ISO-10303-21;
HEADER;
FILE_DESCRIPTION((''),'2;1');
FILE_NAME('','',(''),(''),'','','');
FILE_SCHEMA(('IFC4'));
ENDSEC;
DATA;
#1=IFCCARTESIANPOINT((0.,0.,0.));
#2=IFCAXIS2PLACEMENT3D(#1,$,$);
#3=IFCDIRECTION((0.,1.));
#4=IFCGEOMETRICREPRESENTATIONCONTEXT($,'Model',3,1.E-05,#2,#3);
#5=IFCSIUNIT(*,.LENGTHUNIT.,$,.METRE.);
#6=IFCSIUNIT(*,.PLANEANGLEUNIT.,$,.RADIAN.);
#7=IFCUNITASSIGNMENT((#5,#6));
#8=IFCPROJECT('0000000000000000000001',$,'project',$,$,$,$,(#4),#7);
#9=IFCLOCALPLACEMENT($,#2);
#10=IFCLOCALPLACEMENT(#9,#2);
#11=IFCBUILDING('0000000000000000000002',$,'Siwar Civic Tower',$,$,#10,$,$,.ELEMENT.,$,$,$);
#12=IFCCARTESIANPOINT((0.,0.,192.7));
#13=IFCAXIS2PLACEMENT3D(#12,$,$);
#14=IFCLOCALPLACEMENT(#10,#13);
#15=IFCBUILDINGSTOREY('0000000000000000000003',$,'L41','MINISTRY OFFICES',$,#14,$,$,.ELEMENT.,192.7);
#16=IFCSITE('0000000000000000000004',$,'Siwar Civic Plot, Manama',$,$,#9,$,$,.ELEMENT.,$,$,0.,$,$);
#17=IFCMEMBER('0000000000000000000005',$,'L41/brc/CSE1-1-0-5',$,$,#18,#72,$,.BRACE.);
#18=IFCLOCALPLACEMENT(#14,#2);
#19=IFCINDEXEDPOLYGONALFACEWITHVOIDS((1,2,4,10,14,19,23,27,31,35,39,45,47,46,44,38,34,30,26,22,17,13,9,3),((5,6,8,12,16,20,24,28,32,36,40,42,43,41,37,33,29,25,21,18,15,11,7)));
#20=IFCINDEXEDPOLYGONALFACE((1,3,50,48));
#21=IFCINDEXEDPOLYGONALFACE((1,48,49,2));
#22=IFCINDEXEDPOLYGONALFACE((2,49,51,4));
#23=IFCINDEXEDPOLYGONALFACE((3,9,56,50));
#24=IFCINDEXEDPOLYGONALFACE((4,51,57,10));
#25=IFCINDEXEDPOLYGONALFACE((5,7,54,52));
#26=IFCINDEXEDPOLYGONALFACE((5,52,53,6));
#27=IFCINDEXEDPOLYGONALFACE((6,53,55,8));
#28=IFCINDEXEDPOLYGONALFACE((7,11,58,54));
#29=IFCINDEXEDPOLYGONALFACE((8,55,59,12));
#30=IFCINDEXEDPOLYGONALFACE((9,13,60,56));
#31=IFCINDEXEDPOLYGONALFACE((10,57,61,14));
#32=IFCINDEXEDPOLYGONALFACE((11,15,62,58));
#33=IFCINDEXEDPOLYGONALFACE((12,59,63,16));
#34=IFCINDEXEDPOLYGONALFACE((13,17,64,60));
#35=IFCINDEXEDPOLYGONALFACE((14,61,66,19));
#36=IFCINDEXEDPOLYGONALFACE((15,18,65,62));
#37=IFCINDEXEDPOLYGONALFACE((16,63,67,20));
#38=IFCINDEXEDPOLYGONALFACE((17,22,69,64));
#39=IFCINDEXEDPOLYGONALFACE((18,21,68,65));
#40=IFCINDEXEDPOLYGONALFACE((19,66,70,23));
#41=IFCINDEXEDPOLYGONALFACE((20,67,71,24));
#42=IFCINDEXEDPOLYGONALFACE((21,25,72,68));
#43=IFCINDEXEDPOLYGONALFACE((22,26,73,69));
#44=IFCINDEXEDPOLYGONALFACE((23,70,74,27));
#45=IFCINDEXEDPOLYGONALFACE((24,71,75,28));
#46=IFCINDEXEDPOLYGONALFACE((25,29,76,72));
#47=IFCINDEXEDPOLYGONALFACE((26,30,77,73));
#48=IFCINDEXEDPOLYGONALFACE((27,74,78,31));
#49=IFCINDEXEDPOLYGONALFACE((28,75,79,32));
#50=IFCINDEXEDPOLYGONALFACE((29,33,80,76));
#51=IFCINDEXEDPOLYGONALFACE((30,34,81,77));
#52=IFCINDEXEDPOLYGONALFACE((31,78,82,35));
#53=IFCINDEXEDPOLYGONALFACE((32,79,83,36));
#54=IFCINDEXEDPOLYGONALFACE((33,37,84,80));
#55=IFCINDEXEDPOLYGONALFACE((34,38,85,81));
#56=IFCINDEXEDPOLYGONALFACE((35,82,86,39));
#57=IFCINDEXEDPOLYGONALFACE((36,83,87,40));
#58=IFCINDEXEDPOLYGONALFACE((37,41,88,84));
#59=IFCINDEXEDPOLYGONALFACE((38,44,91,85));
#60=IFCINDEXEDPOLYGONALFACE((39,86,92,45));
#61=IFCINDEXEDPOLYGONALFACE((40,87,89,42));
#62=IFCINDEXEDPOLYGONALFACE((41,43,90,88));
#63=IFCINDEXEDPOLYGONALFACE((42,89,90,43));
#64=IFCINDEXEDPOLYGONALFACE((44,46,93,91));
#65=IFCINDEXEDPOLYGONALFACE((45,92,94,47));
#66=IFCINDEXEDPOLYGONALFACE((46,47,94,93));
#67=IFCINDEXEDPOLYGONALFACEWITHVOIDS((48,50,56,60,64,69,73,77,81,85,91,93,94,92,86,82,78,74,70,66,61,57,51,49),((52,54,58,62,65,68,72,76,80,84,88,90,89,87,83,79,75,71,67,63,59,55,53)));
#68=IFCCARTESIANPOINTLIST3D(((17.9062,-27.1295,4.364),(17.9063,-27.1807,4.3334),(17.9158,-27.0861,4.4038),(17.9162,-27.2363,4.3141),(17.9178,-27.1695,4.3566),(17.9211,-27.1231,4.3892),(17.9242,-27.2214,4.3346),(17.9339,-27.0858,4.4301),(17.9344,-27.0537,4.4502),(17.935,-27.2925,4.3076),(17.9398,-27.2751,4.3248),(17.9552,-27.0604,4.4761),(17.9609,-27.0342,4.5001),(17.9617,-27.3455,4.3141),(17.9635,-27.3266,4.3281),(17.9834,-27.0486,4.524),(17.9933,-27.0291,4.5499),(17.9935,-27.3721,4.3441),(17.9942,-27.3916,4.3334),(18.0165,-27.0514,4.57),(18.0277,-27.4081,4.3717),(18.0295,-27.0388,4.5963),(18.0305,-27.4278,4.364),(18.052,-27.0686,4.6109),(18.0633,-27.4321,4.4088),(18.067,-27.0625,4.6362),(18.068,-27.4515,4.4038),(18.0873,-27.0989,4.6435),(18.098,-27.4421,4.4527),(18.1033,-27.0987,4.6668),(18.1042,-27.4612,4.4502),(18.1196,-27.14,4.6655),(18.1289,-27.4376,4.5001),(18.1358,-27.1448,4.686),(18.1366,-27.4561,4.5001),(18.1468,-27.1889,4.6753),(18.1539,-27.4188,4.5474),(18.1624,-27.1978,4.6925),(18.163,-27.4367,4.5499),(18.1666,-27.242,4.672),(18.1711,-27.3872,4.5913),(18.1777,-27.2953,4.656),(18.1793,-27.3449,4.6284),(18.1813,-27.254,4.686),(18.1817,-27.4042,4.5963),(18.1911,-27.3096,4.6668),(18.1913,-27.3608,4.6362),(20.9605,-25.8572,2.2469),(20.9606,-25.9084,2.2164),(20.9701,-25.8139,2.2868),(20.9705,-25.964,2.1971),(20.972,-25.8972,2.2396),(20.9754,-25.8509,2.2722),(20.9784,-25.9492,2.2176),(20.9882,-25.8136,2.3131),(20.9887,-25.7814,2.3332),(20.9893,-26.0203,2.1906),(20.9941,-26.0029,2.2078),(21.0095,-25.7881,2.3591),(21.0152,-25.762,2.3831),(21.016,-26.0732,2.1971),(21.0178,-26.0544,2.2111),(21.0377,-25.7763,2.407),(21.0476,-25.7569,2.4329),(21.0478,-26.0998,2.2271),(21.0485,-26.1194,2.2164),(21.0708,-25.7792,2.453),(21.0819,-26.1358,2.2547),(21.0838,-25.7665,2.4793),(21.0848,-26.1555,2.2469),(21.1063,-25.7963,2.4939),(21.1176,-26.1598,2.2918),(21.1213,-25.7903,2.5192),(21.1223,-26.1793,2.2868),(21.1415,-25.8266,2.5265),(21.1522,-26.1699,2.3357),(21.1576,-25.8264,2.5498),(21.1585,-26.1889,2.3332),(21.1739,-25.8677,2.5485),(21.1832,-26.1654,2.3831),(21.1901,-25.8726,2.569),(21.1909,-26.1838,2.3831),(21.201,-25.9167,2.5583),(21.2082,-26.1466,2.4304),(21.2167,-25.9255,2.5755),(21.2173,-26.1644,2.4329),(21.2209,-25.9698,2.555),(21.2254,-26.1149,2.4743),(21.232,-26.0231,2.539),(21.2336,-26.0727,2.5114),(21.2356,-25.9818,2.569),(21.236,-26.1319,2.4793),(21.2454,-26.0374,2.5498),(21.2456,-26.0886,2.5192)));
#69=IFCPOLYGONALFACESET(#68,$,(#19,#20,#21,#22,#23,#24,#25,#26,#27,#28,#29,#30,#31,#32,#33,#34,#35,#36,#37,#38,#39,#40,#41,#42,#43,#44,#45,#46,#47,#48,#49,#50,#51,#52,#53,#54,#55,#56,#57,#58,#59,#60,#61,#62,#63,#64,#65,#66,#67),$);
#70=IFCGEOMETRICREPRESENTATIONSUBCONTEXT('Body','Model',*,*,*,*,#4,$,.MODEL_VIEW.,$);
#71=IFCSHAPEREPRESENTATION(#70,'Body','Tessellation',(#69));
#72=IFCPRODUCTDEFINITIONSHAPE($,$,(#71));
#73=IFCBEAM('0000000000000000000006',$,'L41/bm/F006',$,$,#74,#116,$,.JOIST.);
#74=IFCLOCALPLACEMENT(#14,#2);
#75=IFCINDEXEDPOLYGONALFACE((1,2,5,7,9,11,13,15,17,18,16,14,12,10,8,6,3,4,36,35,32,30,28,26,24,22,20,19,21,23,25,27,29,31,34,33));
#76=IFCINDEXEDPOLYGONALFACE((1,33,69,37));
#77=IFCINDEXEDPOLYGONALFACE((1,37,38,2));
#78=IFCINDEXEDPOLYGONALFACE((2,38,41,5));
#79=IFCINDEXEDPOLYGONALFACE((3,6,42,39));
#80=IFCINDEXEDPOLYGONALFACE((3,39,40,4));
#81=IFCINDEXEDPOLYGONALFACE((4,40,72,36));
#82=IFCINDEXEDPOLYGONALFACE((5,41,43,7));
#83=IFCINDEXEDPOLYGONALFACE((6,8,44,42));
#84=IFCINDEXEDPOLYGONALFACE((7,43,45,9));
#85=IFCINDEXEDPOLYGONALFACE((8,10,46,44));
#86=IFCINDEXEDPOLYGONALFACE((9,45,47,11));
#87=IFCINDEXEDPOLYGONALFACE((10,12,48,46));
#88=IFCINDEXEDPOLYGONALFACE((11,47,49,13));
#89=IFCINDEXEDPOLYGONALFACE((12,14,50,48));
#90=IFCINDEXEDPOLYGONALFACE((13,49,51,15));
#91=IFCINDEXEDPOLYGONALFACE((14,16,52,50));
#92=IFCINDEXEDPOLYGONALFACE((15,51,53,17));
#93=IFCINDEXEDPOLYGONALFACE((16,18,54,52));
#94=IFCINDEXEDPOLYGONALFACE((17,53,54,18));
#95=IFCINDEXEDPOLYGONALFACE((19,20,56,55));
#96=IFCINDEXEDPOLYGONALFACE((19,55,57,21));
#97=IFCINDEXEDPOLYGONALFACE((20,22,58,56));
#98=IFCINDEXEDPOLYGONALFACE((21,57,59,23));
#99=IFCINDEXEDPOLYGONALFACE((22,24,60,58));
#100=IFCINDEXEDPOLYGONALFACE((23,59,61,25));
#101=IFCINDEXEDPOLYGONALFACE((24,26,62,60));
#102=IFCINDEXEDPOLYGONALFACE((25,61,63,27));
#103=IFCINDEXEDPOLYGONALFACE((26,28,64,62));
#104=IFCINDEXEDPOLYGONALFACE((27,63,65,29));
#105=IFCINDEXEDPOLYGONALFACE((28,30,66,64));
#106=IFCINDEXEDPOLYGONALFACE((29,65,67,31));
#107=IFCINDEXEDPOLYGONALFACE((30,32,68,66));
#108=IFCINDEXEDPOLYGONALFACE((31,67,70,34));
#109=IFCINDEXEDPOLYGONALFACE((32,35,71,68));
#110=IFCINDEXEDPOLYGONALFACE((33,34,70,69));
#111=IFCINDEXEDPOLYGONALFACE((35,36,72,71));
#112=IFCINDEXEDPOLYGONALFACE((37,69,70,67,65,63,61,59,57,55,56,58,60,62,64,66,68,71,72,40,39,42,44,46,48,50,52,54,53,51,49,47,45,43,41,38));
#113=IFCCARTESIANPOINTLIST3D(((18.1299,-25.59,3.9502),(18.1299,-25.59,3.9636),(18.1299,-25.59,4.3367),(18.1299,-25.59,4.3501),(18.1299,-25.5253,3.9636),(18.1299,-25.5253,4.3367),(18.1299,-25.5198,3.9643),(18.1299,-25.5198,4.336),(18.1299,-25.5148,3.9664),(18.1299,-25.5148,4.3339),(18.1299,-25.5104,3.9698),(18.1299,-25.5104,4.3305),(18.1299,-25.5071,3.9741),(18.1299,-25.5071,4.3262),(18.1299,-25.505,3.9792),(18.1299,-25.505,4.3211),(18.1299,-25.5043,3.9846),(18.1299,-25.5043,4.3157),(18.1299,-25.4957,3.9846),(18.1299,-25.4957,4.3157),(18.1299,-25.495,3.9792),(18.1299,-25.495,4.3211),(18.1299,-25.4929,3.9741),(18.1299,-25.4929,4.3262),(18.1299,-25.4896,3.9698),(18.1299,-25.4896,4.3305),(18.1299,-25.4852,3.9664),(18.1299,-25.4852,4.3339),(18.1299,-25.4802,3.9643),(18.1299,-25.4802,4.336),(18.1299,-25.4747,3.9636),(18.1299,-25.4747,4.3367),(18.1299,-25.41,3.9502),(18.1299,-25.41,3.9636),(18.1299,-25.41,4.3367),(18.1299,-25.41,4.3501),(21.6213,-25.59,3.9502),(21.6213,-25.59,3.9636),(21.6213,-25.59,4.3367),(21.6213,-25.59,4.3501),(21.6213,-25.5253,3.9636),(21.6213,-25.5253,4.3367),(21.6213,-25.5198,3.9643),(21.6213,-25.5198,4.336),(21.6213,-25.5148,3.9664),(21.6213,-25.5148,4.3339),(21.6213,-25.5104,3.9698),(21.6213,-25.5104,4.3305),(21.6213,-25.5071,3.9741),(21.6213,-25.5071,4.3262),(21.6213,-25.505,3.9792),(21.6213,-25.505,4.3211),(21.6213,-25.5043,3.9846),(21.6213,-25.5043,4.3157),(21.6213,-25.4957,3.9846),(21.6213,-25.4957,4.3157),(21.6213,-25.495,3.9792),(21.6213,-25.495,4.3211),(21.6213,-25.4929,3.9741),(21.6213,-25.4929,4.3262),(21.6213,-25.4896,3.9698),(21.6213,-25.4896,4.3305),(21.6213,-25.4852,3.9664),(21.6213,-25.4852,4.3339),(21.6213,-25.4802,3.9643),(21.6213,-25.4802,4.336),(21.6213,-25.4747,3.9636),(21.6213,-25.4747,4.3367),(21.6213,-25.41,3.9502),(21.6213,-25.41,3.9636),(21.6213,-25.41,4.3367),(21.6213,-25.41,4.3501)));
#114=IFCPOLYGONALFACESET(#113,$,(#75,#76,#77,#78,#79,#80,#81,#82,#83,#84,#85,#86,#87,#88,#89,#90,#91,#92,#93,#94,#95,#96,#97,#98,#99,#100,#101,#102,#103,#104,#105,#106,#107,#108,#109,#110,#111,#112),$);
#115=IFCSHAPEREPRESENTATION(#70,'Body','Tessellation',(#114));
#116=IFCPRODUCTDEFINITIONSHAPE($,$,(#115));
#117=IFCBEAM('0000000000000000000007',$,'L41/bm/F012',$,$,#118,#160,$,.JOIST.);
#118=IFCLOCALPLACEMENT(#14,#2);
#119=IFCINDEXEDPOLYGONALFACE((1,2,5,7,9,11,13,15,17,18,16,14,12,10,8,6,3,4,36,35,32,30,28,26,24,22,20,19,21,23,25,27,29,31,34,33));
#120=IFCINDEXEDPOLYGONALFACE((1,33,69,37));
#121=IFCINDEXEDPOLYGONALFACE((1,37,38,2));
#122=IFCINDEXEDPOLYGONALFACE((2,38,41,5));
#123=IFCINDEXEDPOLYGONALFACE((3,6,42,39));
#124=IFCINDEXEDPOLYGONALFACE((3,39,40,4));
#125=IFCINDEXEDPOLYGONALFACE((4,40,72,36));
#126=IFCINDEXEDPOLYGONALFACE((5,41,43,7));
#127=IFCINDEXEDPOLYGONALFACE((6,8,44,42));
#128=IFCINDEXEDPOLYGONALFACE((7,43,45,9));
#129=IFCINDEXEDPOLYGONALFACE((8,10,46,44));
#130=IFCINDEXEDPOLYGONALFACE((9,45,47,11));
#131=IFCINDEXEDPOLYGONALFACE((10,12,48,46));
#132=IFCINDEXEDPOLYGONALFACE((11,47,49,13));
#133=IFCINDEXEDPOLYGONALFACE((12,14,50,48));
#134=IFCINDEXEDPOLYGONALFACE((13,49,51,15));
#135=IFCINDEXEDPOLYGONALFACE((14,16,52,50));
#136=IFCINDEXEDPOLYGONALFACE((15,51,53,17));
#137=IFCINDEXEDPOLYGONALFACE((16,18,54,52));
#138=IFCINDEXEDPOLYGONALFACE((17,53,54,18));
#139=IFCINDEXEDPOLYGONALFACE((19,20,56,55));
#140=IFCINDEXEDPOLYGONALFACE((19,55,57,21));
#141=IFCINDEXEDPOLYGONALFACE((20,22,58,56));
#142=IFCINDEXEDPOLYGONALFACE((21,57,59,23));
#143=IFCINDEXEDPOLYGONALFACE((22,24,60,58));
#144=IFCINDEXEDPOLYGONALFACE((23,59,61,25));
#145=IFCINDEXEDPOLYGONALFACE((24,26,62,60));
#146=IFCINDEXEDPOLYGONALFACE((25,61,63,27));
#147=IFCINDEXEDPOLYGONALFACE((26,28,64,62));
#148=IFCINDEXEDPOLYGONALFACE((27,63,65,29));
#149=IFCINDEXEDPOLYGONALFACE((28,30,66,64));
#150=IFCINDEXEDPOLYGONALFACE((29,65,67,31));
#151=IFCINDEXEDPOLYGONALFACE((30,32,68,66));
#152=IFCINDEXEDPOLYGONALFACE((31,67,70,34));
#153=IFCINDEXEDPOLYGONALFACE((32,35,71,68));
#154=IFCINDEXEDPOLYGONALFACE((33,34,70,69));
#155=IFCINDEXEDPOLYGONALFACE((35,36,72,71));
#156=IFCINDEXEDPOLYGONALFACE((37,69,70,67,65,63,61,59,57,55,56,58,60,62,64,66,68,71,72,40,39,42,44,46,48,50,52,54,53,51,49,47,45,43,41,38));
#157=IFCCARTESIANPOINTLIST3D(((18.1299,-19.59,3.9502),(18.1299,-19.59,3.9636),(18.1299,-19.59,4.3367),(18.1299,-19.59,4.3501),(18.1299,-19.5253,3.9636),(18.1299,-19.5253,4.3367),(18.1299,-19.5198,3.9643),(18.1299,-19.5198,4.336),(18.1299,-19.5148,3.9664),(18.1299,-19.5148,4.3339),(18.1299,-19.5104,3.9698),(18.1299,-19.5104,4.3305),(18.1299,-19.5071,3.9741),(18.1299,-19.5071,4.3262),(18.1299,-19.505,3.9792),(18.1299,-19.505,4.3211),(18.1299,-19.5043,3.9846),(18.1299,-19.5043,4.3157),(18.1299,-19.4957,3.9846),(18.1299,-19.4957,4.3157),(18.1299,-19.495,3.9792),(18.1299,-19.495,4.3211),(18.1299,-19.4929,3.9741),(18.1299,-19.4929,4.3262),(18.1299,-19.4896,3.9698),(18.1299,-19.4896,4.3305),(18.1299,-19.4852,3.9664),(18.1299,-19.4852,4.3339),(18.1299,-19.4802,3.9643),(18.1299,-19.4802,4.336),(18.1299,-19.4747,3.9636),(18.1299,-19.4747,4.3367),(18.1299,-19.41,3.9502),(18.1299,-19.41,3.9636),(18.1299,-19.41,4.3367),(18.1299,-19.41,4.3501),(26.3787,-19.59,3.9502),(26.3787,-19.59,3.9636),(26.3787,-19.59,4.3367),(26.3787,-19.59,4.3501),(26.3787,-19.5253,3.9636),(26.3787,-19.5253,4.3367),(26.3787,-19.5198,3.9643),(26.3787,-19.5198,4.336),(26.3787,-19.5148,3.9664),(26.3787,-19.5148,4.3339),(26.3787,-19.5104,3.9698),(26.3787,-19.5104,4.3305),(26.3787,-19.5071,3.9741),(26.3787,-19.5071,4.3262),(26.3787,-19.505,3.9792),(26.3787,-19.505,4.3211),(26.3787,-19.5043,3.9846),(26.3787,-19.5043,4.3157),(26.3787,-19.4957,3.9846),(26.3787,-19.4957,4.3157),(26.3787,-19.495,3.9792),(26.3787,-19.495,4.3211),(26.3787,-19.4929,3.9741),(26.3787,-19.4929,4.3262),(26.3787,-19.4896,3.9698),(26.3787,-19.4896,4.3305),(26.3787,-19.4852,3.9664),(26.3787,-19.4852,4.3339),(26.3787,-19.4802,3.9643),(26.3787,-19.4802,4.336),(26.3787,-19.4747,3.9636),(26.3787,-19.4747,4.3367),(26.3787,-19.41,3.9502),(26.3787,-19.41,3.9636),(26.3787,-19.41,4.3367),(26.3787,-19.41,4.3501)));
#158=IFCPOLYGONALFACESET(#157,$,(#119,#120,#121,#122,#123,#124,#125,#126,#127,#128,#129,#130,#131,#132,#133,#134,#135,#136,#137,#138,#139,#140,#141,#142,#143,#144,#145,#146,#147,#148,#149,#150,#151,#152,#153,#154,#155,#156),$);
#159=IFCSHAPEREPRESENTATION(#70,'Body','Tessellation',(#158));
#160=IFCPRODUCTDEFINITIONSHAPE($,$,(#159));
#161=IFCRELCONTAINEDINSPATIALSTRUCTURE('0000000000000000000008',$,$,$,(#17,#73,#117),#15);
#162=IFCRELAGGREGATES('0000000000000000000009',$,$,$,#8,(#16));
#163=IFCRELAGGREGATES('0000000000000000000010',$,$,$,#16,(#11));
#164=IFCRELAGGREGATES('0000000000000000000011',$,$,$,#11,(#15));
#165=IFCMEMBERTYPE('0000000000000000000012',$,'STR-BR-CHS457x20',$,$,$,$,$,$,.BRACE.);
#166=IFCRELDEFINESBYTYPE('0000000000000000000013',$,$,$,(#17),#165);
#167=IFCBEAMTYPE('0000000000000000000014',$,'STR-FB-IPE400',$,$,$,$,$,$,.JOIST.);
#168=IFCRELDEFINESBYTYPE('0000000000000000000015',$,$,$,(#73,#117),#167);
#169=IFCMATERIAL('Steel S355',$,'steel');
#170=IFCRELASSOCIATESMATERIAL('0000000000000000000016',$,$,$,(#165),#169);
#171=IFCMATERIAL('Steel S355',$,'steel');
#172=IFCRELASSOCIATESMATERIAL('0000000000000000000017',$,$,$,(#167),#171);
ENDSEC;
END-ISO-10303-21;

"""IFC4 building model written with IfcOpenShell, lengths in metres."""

from ifc_helpers import new_model, si_unit, direction, frame, origin, origin_2d, place, context, subcontext, project, spatial, hollow_circle, i_section, extrude, material, material_profile, profile_set, type_object, element, save


model = new_model("IFC4")

# Units and contexts
model_context = context("Model", 3, precision=1e-05, world=origin(), true_north=direction((0.0, 1.0)))
body_context = subcontext(model_context, "Body", "Model", "MODEL_VIEW")
ifc_project = project(units=[si_unit("LENGTHUNIT", "METRE"), si_unit("PLANEANGLEUNIT", "RADIAN")], contexts=[model_context])

# Site, building, storey
site_placement = place(None, origin())
site = spatial("IfcSite", under=ifc_project, at=site_placement, Name="Siwar Civic Plot, Manama", CompositionType="ELEMENT", RefElevation=0.0)
building_placement = place(site_placement, origin())
building = spatial("IfcBuilding", under=site, at=building_placement, Name="Siwar Civic Tower", CompositionType="ELEMENT")
storey_placement = place(building_placement, frame((0.0, 0.0, 192.7)))
storey = spatial("IfcBuildingStorey", under=building, at=storey_placement, Name="L41", Description="MINISTRY OFFICES", CompositionType="ELEMENT", Elevation=192.7)

# Member
ifc_material_1 = material(Name="Steel S355", Category="steel")
ifc_material_profile_1 = material_profile(ifc_material_1, hollow_circle(Radius=0.2285, WallThickness=0.02, at=origin_2d()), Name="CHS457x20")
ifc_profile_set_1 = profile_set([ifc_material_profile_1], Name="Steel S355")
member_type_1 = type_object("IfcMemberType", Name="STR-BR-CHS457x20", PredefinedType="BRACE", material=ifc_profile_set_1)
for number, where, z_axis, x_axis, name in (
    (1, (21.103, -25.9729, 2.3831), (-0.777572, -0.323895, 0.538955), (0.384521, -0.923116, 0.0), "L41/brc/CSE1-1-0-5"),
):
    element("IfcMember", number, at=place(storey_placement, frame(where, z_axis=z_axis, x_axis=x_axis)), inside=storey, type_object=member_type_1, Name=name, PredefinedType="BRACE", context=body_context, shape_type="SweptSolid", body=[
        extrude(hollow_circle(Radius=0.2285, WallThickness=0.02, at=origin_2d()), origin(), (0.0, 0.0, 1.0), 3.928),
    ])

# Beams
ifc_material_2 = material(Name="Steel S355", Category="steel")
ifc_material_profile_2 = material_profile(ifc_material_2, i_section(OverallWidth=0.1799, OverallDepth=0.3999, WebThickness=0.0085, FlangeThickness=0.0134, FilletRadius=0.021, at=origin_2d()), Name="IPE400")
ifc_profile_set_2 = profile_set([ifc_material_profile_2], Name="Steel S355")
beam_type_1 = type_object("IfcBeamType", Name="STR-FB-IPE400", PredefinedType="JOIST", material=ifc_profile_set_2)
beam_1_placement = place(storey_placement, frame((18.1299, -25.5, 4.1501), z_axis=(1.0, 0.0, 0.0), x_axis=(0.0, 1.0, 0.0)))
element("IfcBeam", 2, at=beam_1_placement, inside=storey, type_object=beam_type_1, Name="L41/bm/F006", PredefinedType="JOIST", context=body_context, shape_type="SweptSolid", body=[
    extrude(i_section(OverallWidth=0.1799, OverallDepth=0.3999, WebThickness=0.0085, FlangeThickness=0.0134, FilletRadius=0.021, at=origin_2d()), origin(), (0.0, 0.0, 1.0), 3.4915),
])
beam_2_placement = place(storey_placement, frame((18.1299, -19.5, 4.1501), z_axis=(1.0, 0.0, 0.0), x_axis=(0.0, 1.0, 0.0)))
element("IfcBeam", 3, at=beam_2_placement, inside=storey, type_object=beam_type_1, Name="L41/bm/F012", PredefinedType="JOIST", context=body_context, shape_type="SweptSolid", body=[
    extrude(i_section(OverallWidth=0.1799, OverallDepth=0.3999, WebThickness=0.0085, FlangeThickness=0.0134, FilletRadius=0.021, at=origin_2d()), origin(), (0.0, 0.0, 1.0), 8.2488),
])

save(model, "model.ifc")
